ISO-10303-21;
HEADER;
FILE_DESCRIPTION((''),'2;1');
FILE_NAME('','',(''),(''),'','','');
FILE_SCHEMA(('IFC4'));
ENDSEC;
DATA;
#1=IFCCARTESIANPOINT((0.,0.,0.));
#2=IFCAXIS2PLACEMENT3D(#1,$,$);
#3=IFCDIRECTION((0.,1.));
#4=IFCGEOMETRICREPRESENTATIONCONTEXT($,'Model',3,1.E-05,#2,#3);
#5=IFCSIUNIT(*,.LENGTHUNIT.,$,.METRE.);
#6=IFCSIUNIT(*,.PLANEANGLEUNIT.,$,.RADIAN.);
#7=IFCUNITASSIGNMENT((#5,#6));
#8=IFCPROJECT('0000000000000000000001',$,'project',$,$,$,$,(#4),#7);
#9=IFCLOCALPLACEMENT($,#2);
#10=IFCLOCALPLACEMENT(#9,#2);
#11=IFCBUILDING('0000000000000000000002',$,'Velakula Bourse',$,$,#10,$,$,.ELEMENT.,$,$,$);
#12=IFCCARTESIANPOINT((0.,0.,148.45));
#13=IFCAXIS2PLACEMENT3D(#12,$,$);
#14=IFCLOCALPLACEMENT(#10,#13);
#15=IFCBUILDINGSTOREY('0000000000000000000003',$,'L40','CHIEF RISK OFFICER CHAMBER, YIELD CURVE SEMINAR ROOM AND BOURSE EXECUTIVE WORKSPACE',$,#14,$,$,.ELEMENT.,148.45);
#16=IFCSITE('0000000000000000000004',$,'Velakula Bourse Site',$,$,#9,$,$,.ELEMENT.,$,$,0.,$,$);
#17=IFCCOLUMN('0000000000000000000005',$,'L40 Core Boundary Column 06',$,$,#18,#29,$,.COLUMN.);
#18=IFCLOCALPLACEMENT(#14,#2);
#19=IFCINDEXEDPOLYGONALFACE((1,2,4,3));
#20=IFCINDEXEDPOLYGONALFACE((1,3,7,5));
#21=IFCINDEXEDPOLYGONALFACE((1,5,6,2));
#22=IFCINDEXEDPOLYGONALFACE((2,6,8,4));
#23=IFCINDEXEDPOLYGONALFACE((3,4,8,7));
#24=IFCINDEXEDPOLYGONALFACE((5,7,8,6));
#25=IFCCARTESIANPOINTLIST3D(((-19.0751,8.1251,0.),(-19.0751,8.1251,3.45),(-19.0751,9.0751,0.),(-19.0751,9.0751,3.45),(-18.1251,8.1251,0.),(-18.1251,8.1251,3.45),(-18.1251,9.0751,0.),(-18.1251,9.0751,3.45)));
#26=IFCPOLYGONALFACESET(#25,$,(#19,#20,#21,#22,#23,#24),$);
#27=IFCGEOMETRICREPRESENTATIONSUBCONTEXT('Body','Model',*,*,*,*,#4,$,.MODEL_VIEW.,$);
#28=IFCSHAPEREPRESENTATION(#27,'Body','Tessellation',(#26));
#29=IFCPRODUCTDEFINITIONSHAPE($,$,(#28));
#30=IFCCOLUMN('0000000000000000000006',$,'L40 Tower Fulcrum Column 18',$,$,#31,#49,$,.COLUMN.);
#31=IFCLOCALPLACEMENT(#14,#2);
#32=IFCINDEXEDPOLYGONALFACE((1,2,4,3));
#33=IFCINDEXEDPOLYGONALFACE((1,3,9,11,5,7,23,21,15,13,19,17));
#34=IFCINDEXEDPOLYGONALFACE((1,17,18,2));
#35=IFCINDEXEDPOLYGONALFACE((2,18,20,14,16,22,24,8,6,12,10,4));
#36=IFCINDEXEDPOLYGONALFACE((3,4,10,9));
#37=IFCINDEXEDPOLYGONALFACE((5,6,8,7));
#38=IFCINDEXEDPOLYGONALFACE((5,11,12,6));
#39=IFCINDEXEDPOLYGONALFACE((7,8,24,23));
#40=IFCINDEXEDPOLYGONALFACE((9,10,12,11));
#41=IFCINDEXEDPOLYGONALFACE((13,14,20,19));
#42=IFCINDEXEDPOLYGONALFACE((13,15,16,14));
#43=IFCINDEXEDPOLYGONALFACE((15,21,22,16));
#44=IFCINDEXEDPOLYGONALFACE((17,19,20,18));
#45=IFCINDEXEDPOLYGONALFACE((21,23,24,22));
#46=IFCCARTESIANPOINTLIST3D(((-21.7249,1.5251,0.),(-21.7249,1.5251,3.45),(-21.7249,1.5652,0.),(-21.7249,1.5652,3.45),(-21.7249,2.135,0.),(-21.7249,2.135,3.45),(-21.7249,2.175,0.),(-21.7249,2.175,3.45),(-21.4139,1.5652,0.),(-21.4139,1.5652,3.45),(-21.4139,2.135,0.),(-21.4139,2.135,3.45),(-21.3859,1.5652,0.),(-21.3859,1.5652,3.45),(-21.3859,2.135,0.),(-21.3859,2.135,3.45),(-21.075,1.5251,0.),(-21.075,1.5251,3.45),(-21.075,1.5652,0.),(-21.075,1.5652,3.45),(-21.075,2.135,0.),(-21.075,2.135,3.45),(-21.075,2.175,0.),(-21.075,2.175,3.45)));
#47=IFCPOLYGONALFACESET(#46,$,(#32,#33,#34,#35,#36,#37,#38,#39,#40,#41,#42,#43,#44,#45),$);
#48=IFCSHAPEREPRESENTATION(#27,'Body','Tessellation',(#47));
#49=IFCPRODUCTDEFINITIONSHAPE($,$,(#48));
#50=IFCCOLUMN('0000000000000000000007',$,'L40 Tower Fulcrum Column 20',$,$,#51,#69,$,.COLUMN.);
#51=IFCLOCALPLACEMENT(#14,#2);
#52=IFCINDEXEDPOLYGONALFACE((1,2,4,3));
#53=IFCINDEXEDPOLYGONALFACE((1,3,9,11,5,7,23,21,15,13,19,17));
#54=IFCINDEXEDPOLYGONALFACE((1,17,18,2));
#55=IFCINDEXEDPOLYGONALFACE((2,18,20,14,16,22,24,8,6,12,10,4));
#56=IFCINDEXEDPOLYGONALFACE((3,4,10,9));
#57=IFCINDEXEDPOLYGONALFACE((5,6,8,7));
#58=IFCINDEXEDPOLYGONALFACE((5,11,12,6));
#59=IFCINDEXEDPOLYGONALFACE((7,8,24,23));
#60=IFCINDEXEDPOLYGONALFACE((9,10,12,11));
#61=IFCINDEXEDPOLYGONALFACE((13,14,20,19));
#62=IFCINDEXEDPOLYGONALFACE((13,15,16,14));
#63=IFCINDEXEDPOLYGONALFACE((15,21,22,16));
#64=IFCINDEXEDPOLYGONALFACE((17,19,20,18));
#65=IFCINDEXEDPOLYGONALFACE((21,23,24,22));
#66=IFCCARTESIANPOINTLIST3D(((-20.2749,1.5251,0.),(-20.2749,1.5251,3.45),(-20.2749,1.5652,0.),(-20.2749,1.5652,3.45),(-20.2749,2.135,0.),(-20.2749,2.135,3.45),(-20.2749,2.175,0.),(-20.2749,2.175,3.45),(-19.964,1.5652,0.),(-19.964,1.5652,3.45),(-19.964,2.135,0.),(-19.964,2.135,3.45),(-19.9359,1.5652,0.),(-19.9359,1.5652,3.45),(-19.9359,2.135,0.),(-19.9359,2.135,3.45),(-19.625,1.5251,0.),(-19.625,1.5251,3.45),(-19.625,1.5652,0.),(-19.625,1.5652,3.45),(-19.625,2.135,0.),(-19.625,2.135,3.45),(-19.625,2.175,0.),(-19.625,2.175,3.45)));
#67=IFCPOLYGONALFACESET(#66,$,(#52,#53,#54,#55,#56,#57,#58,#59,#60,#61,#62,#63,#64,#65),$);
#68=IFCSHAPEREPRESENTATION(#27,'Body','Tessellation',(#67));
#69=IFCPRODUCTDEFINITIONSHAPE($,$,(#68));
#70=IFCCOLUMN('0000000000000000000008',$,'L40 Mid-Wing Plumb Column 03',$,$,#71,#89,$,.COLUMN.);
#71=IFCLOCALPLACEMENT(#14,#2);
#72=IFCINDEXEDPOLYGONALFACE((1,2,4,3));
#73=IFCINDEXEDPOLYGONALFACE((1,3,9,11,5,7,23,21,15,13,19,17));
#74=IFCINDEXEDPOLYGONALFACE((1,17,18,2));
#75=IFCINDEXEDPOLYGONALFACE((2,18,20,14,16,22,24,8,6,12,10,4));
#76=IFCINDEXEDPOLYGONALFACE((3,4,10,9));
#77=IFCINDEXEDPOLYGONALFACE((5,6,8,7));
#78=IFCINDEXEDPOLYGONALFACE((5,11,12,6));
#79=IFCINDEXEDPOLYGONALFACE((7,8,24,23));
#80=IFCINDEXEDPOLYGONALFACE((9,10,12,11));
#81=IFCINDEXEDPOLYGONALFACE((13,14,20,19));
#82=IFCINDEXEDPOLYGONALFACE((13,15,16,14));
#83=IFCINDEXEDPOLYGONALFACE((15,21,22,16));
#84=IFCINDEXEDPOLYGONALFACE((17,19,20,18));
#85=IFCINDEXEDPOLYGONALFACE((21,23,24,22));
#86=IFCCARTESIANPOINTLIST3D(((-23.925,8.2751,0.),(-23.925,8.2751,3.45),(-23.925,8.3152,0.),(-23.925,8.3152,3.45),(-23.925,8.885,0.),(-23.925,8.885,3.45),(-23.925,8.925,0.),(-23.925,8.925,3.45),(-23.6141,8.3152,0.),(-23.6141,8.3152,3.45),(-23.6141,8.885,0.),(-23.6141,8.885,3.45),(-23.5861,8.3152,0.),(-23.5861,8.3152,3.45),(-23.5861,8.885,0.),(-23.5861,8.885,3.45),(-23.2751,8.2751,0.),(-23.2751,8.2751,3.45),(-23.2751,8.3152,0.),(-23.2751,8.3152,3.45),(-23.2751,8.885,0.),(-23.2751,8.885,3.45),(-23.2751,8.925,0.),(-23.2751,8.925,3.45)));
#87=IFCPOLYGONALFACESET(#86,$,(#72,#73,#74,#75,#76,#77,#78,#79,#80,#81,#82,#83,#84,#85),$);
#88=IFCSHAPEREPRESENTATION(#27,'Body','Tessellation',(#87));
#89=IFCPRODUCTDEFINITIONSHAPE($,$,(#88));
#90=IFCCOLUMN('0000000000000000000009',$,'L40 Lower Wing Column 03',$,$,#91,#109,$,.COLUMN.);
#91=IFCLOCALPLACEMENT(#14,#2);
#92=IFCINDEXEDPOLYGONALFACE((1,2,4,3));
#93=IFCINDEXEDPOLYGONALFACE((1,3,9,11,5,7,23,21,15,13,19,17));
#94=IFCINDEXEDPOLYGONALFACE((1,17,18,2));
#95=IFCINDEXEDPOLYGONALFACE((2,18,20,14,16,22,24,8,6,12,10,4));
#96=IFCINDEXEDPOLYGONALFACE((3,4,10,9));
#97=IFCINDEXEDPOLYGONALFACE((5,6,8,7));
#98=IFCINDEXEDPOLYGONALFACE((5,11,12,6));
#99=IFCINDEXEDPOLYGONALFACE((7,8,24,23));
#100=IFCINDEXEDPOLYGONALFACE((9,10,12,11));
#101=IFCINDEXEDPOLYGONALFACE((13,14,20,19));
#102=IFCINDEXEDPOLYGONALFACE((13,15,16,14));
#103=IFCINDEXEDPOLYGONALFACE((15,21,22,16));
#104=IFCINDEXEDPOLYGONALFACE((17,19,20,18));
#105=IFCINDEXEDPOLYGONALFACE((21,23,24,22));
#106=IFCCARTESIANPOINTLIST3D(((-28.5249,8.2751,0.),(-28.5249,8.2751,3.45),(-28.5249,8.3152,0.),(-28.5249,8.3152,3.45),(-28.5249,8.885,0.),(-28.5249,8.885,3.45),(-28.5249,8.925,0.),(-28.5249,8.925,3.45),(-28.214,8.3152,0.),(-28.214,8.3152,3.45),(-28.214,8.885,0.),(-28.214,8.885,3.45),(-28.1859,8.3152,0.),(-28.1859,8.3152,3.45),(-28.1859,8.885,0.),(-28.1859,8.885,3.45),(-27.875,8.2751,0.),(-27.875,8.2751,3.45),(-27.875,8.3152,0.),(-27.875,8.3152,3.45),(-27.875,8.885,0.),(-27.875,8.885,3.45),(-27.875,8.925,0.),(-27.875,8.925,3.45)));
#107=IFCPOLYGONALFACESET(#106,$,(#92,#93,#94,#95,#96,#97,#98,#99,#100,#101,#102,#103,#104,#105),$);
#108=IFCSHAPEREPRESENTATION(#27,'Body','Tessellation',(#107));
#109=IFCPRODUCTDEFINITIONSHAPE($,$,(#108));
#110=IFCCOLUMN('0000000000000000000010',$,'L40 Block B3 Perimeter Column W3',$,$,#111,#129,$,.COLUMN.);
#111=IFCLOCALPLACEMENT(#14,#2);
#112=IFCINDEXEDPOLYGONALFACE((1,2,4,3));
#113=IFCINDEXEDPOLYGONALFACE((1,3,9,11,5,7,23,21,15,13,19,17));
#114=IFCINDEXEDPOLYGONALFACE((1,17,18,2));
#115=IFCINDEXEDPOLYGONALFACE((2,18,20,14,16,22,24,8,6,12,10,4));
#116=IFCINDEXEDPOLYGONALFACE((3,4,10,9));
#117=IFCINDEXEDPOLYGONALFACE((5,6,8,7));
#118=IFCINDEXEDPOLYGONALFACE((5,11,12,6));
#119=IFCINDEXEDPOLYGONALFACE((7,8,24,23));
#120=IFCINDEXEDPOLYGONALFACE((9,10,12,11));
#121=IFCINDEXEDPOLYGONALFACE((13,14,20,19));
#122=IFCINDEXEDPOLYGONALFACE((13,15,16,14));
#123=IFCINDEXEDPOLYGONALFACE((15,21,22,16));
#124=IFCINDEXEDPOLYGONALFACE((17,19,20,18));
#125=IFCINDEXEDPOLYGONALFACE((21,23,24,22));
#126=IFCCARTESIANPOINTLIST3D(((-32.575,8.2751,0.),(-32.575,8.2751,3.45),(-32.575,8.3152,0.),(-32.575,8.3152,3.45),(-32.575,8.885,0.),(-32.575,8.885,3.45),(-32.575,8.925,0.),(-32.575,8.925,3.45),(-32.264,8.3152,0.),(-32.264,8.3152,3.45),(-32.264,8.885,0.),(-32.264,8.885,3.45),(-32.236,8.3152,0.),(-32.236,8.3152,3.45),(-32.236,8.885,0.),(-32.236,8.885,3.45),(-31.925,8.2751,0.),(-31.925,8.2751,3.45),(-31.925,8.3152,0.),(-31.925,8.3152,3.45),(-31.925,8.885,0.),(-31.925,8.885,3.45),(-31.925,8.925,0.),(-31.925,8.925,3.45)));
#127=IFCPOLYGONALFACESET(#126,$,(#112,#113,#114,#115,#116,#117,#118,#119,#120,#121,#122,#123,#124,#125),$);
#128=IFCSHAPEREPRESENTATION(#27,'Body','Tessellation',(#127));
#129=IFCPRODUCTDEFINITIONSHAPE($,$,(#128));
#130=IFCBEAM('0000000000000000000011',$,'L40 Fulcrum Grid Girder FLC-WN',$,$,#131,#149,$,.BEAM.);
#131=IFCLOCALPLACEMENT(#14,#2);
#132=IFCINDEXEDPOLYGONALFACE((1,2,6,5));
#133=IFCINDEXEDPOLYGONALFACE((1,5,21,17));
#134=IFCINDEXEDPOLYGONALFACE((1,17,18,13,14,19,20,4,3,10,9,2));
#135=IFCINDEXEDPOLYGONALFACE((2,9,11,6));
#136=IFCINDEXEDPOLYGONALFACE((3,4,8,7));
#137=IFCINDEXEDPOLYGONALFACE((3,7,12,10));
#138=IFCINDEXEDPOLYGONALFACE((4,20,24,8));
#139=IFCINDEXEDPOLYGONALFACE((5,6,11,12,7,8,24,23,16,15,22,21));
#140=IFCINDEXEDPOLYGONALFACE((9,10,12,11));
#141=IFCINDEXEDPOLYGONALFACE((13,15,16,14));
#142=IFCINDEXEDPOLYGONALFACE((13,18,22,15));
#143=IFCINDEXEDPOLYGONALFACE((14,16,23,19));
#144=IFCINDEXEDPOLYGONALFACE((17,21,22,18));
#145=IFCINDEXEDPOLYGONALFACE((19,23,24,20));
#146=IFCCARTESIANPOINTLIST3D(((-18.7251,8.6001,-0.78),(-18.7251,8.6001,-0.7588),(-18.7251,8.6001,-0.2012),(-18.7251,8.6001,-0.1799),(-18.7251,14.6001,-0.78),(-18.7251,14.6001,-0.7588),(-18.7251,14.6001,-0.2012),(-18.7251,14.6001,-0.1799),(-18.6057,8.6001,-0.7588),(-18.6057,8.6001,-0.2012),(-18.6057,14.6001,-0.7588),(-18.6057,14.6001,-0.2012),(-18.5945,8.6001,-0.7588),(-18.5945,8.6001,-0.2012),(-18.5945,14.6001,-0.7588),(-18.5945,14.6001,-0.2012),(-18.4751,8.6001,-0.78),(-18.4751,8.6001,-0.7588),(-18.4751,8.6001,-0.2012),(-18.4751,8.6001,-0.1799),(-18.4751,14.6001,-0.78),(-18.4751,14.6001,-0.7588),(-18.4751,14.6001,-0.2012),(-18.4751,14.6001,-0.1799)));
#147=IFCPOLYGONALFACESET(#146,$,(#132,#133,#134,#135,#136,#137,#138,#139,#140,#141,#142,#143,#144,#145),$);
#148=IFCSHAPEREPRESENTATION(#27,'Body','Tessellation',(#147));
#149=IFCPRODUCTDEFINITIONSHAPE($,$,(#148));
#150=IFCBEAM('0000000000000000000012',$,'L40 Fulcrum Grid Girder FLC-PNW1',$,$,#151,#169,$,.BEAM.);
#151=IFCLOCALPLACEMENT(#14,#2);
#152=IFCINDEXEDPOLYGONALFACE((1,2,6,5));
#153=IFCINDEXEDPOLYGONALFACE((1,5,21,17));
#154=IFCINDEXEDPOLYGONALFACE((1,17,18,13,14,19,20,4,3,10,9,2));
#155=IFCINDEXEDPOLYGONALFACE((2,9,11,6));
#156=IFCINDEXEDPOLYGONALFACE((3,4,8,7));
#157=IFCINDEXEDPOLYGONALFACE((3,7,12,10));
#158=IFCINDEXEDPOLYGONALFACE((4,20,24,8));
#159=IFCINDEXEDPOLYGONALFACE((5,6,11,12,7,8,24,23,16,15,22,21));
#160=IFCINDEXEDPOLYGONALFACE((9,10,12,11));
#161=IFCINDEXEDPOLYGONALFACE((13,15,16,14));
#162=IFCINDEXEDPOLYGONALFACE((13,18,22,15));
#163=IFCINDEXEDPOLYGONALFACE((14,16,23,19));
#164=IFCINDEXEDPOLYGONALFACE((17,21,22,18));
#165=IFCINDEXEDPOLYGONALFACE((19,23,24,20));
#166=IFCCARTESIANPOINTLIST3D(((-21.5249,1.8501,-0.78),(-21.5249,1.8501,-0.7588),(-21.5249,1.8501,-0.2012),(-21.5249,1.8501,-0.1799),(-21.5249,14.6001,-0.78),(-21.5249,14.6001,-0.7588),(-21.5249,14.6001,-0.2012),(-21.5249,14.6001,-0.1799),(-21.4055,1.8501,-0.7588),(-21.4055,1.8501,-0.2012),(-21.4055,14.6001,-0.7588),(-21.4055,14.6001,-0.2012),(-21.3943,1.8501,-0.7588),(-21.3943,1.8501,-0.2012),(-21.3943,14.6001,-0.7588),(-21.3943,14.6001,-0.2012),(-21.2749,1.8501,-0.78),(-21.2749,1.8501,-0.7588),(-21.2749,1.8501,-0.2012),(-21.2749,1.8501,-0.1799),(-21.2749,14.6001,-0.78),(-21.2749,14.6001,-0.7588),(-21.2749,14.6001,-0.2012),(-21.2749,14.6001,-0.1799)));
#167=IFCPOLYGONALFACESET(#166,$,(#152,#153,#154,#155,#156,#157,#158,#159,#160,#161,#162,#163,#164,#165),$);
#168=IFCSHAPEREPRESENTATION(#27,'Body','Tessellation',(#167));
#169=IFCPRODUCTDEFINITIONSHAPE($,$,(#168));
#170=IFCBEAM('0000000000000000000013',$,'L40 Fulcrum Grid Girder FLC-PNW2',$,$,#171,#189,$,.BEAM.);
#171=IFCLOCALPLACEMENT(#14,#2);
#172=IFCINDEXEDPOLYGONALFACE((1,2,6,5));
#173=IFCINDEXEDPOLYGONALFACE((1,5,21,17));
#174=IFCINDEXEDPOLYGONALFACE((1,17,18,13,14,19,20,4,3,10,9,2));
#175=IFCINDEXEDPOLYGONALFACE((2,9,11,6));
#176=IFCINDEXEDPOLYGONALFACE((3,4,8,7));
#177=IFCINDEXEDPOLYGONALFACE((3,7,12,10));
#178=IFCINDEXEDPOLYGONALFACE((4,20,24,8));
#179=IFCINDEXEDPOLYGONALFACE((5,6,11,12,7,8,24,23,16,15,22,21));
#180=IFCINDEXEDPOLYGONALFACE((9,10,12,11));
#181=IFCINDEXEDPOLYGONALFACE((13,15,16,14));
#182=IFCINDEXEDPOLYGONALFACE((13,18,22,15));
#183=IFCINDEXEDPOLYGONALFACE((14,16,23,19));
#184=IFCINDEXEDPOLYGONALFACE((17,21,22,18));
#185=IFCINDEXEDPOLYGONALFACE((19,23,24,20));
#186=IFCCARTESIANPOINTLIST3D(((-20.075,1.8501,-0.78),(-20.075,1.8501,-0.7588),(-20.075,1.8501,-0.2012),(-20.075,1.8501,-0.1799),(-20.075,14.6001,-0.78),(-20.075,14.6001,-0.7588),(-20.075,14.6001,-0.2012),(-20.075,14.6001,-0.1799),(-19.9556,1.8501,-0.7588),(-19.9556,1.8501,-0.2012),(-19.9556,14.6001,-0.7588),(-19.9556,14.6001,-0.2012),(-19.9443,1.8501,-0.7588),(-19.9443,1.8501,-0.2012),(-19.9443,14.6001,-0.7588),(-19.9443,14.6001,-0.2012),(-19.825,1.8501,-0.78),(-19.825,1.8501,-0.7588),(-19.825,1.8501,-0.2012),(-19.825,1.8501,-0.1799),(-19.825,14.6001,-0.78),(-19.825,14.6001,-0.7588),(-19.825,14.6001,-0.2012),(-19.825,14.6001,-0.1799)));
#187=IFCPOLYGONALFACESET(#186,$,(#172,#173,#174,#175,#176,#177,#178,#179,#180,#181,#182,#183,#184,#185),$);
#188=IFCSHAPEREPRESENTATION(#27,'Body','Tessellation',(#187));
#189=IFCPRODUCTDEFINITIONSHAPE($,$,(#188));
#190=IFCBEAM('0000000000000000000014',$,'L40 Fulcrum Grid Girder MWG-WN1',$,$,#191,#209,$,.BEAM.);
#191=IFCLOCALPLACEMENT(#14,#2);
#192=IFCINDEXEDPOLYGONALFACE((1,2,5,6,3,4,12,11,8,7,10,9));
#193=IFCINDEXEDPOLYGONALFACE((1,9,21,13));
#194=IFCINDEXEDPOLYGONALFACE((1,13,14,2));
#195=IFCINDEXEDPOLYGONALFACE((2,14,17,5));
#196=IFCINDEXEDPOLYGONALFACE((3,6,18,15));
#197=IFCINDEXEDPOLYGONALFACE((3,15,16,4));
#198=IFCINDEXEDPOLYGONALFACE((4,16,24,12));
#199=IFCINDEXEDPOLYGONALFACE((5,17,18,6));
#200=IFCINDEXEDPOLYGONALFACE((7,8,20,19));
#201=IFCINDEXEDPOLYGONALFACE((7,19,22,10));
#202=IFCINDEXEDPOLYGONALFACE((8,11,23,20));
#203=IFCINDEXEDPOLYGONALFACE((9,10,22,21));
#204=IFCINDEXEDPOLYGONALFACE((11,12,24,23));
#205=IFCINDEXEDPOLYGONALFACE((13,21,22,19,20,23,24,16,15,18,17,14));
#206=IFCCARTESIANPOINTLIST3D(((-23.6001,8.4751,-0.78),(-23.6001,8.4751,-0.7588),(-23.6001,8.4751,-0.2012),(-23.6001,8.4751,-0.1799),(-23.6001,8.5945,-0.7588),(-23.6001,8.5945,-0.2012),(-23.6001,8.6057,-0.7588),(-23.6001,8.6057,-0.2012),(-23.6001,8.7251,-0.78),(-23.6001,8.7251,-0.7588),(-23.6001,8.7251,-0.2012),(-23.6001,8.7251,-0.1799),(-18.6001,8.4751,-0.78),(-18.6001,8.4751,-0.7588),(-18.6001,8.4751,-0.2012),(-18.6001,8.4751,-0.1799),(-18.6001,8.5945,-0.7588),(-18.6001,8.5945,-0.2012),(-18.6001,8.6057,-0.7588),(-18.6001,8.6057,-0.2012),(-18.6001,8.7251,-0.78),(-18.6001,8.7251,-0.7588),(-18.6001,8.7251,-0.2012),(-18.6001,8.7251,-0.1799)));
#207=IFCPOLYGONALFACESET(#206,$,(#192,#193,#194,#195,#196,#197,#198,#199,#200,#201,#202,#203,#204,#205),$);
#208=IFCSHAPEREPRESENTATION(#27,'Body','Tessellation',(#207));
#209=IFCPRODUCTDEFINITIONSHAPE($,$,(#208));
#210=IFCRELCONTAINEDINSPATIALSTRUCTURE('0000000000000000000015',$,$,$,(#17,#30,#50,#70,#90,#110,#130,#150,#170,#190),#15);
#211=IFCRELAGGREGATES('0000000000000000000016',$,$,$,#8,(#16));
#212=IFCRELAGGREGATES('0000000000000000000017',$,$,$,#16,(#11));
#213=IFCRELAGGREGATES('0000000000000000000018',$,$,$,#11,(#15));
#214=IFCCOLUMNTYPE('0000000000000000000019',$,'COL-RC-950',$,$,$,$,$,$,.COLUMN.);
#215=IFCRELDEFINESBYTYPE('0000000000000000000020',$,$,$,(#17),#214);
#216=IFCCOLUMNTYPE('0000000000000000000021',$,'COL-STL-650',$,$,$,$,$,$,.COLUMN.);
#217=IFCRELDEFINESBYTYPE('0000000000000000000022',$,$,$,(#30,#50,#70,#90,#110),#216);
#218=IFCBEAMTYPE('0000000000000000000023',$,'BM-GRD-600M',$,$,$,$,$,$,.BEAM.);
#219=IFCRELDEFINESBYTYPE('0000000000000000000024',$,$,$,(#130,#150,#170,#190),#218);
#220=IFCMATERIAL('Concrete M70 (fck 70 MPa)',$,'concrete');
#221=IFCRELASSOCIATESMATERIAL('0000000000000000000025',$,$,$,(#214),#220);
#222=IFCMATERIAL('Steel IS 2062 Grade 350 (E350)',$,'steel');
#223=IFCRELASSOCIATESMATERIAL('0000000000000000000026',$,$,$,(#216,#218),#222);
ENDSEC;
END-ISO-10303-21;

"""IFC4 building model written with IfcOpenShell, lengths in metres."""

from ifc_helpers import new_model, si_unit, direction, frame, origin, origin_2d, place, context, subcontext, project, spatial, rectangle, i_section, extrude, material, material_profile, profile_set, type_object, element, save


model = new_model("IFC4")

# Units and contexts
model_context = context("Model", 3, precision=1e-05, world=origin(), true_north=direction((0.0, 1.0)))
body_context = subcontext(model_context, "Body", "Model", "MODEL_VIEW")
ifc_project = project(units=[si_unit("LENGTHUNIT", "METRE"), si_unit("PLANEANGLEUNIT", "RADIAN")], contexts=[model_context])

# Site, building, storey
site_placement = place(None, origin())
site = spatial("IfcSite", under=ifc_project, at=site_placement, Name="Velakula Bourse Site", CompositionType="ELEMENT", RefElevation=0.0)
building_placement = place(site_placement, origin())
building = spatial("IfcBuilding", under=site, at=building_placement, Name="Velakula Bourse", CompositionType="ELEMENT")
storey_placement = place(building_placement, frame((0.0, 0.0, 148.45)))
storey = spatial("IfcBuildingStorey", under=building, at=storey_placement, Name="L40", Description="CHIEF RISK OFFICER CHAMBER, YIELD CURVE SEMINAR ROOM AND BOURSE EXECUTIVE WORKSPACE", CompositionType="ELEMENT", Elevation=148.45)

# Columns
ifc_material_1 = material(Name="Concrete M70 (fck 70 MPa)", Category="concrete")
ifc_material_profile_1 = material_profile(ifc_material_1, rectangle(XDim=0.95, YDim=0.95, at=origin_2d()), Name="Concrete M70 (fck 70 MPa)")
ifc_profile_set_1 = profile_set([ifc_material_profile_1], Name="Concrete M70 (fck 70 MPa)")
column_type_1 = type_object("IfcColumnType", Name="COL-RC-950", PredefinedType="COLUMN", material=ifc_profile_set_1)
column_placement = place(storey_placement, frame((-18.6001, 8.6001, 0.0), z_axis=(0.0, 0.0, 1.0), x_axis=(1.0, 0.0, 0.0)))
element("IfcColumn", 1, at=column_placement, inside=storey, type_object=column_type_1, Name="L40 Core Boundary Column 06", PredefinedType="COLUMN", context=body_context, shape_type="SweptSolid", body=[
    extrude(rectangle(XDim=0.95, YDim=0.95, at=origin_2d()), origin(), (0.0, 0.0, 1.0), 3.45),
])
ifc_material_2 = material(Name="Steel IS 2062 Grade 350 (E350)", Category="steel")
ifc_material_profile_2 = material_profile(ifc_material_2, i_section(OverallWidth=0.6499, OverallDepth=0.6499, WebThickness=0.0281, FlangeThickness=0.04, at=origin_2d()), Name="Steel IS 2062 Grade 350 (E350)")
ifc_profile_set_2 = profile_set([ifc_material_profile_2], Name="Steel IS 2062 Grade 350 (E350)")
column_type_2 = type_object("IfcColumnType", Name="COL-STL-650", PredefinedType="COLUMN", material=ifc_profile_set_2)
for number, where, z_axis, x_axis, name in (
    (2, (-21.3999, 1.8501, 0.0), (0.0, 0.0, 1.0), (1.0, 0.0, 0.0), "L40 Tower Fulcrum Column 18"),
    (3, (-19.95, 1.8501, 0.0), (0.0, 0.0, 1.0), (1.0, 0.0, 0.0), "L40 Tower Fulcrum Column 20"),
    (4, (-23.6001, 8.6001, 0.0), (0.0, 0.0, 1.0), (1.0, 0.0, 0.0), "L40 Mid-Wing Plumb Column 03"),
    (5, (-28.2, 8.6001, 0.0), (0.0, 0.0, 1.0), (1.0, 0.0, 0.0), "L40 Lower Wing Column 03"),
    (6, (-32.25, 8.6001, 0.0), (0.0, 0.0, 1.0), (1.0, 0.0, 0.0), "L40 Block B3 Perimeter Column W3"),
):
    element("IfcColumn", number, at=place(storey_placement, frame(where, z_axis=z_axis, x_axis=x_axis)), inside=storey, type_object=column_type_2, Name=name, PredefinedType="COLUMN", context=body_context, shape_type="SweptSolid", body=[
        extrude(i_section(OverallWidth=0.6499, OverallDepth=0.6499, WebThickness=0.0281, FlangeThickness=0.04, at=origin_2d()), origin(), (0.0, 0.0, 1.0), 3.45),
    ])

# Beams
ifc_material_profile_3 = material_profile(ifc_material_2, i_section(OverallWidth=0.25, OverallDepth=0.6001, WebThickness=0.0112, FlangeThickness=0.0212, at=origin_2d()), Name="Steel IS 2062 Grade 350 (E350)")
ifc_profile_set_3 = profile_set([ifc_material_profile_3], Name="Steel IS 2062 Grade 350 (E350)")
beam_type_1 = type_object("IfcBeamType", Name="BM-GRD-600M", PredefinedType="BEAM", material=ifc_profile_set_3)
beam_1_placement = place(storey_placement, frame((-18.6001, 8.6001, -0.48), z_axis=(0.0, 1.0, 0.0), x_axis=(-1.0, 0.0, 0.0)))
element("IfcBeam", 7, at=beam_1_placement, inside=storey, type_object=beam_type_1, Name="L40 Fulcrum Grid Girder FLC-WN", PredefinedType="BEAM", context=body_context, shape_type="SweptSolid", body=[
    extrude(i_section(OverallWidth=0.25, OverallDepth=0.6001, WebThickness=0.0112, FlangeThickness=0.0212, at=origin_2d()), origin(), (0.0, 0.0, 1.0), 6.0),
])
for number, where, z_axis, x_axis, name in (
    (8, (-21.3999, 1.8501, -0.48), (0.0, 1.0, 0.0), (-1.0, 0.0, 0.0), "L40 Fulcrum Grid Girder FLC-PNW1"),
    (9, (-19.95, 1.8501, -0.48), (0.0, 1.0, 0.0), (-1.0, 0.0, 0.0), "L40 Fulcrum Grid Girder FLC-PNW2"),
):
    element("IfcBeam", number, at=place(storey_placement, frame(where, z_axis=z_axis, x_axis=x_axis)), inside=storey, type_object=beam_type_1, Name=name, PredefinedType="BEAM", context=body_context, shape_type="SweptSolid", body=[
        extrude(i_section(OverallWidth=0.25, OverallDepth=0.6001, WebThickness=0.0112, FlangeThickness=0.0212, at=origin_2d()), origin(), (0.0, 0.0, 1.0), 12.75),
    ])
beam_2_placement = place(storey_placement, frame((-23.6001, 8.6001, -0.48), z_axis=(1.0, 0.0, 0.0), x_axis=(0.0, 1.0, 0.0)))
element("IfcBeam", 10, at=beam_2_placement, inside=storey, type_object=beam_type_1, Name="L40 Fulcrum Grid Girder MWG-WN1", PredefinedType="BEAM", context=body_context, shape_type="SweptSolid", body=[
    extrude(i_section(OverallWidth=0.25, OverallDepth=0.6001, WebThickness=0.0112, FlangeThickness=0.0212, at=origin_2d()), origin(), (0.0, 0.0, 1.0), 5.0),
])

save(model, "model.ifc")
